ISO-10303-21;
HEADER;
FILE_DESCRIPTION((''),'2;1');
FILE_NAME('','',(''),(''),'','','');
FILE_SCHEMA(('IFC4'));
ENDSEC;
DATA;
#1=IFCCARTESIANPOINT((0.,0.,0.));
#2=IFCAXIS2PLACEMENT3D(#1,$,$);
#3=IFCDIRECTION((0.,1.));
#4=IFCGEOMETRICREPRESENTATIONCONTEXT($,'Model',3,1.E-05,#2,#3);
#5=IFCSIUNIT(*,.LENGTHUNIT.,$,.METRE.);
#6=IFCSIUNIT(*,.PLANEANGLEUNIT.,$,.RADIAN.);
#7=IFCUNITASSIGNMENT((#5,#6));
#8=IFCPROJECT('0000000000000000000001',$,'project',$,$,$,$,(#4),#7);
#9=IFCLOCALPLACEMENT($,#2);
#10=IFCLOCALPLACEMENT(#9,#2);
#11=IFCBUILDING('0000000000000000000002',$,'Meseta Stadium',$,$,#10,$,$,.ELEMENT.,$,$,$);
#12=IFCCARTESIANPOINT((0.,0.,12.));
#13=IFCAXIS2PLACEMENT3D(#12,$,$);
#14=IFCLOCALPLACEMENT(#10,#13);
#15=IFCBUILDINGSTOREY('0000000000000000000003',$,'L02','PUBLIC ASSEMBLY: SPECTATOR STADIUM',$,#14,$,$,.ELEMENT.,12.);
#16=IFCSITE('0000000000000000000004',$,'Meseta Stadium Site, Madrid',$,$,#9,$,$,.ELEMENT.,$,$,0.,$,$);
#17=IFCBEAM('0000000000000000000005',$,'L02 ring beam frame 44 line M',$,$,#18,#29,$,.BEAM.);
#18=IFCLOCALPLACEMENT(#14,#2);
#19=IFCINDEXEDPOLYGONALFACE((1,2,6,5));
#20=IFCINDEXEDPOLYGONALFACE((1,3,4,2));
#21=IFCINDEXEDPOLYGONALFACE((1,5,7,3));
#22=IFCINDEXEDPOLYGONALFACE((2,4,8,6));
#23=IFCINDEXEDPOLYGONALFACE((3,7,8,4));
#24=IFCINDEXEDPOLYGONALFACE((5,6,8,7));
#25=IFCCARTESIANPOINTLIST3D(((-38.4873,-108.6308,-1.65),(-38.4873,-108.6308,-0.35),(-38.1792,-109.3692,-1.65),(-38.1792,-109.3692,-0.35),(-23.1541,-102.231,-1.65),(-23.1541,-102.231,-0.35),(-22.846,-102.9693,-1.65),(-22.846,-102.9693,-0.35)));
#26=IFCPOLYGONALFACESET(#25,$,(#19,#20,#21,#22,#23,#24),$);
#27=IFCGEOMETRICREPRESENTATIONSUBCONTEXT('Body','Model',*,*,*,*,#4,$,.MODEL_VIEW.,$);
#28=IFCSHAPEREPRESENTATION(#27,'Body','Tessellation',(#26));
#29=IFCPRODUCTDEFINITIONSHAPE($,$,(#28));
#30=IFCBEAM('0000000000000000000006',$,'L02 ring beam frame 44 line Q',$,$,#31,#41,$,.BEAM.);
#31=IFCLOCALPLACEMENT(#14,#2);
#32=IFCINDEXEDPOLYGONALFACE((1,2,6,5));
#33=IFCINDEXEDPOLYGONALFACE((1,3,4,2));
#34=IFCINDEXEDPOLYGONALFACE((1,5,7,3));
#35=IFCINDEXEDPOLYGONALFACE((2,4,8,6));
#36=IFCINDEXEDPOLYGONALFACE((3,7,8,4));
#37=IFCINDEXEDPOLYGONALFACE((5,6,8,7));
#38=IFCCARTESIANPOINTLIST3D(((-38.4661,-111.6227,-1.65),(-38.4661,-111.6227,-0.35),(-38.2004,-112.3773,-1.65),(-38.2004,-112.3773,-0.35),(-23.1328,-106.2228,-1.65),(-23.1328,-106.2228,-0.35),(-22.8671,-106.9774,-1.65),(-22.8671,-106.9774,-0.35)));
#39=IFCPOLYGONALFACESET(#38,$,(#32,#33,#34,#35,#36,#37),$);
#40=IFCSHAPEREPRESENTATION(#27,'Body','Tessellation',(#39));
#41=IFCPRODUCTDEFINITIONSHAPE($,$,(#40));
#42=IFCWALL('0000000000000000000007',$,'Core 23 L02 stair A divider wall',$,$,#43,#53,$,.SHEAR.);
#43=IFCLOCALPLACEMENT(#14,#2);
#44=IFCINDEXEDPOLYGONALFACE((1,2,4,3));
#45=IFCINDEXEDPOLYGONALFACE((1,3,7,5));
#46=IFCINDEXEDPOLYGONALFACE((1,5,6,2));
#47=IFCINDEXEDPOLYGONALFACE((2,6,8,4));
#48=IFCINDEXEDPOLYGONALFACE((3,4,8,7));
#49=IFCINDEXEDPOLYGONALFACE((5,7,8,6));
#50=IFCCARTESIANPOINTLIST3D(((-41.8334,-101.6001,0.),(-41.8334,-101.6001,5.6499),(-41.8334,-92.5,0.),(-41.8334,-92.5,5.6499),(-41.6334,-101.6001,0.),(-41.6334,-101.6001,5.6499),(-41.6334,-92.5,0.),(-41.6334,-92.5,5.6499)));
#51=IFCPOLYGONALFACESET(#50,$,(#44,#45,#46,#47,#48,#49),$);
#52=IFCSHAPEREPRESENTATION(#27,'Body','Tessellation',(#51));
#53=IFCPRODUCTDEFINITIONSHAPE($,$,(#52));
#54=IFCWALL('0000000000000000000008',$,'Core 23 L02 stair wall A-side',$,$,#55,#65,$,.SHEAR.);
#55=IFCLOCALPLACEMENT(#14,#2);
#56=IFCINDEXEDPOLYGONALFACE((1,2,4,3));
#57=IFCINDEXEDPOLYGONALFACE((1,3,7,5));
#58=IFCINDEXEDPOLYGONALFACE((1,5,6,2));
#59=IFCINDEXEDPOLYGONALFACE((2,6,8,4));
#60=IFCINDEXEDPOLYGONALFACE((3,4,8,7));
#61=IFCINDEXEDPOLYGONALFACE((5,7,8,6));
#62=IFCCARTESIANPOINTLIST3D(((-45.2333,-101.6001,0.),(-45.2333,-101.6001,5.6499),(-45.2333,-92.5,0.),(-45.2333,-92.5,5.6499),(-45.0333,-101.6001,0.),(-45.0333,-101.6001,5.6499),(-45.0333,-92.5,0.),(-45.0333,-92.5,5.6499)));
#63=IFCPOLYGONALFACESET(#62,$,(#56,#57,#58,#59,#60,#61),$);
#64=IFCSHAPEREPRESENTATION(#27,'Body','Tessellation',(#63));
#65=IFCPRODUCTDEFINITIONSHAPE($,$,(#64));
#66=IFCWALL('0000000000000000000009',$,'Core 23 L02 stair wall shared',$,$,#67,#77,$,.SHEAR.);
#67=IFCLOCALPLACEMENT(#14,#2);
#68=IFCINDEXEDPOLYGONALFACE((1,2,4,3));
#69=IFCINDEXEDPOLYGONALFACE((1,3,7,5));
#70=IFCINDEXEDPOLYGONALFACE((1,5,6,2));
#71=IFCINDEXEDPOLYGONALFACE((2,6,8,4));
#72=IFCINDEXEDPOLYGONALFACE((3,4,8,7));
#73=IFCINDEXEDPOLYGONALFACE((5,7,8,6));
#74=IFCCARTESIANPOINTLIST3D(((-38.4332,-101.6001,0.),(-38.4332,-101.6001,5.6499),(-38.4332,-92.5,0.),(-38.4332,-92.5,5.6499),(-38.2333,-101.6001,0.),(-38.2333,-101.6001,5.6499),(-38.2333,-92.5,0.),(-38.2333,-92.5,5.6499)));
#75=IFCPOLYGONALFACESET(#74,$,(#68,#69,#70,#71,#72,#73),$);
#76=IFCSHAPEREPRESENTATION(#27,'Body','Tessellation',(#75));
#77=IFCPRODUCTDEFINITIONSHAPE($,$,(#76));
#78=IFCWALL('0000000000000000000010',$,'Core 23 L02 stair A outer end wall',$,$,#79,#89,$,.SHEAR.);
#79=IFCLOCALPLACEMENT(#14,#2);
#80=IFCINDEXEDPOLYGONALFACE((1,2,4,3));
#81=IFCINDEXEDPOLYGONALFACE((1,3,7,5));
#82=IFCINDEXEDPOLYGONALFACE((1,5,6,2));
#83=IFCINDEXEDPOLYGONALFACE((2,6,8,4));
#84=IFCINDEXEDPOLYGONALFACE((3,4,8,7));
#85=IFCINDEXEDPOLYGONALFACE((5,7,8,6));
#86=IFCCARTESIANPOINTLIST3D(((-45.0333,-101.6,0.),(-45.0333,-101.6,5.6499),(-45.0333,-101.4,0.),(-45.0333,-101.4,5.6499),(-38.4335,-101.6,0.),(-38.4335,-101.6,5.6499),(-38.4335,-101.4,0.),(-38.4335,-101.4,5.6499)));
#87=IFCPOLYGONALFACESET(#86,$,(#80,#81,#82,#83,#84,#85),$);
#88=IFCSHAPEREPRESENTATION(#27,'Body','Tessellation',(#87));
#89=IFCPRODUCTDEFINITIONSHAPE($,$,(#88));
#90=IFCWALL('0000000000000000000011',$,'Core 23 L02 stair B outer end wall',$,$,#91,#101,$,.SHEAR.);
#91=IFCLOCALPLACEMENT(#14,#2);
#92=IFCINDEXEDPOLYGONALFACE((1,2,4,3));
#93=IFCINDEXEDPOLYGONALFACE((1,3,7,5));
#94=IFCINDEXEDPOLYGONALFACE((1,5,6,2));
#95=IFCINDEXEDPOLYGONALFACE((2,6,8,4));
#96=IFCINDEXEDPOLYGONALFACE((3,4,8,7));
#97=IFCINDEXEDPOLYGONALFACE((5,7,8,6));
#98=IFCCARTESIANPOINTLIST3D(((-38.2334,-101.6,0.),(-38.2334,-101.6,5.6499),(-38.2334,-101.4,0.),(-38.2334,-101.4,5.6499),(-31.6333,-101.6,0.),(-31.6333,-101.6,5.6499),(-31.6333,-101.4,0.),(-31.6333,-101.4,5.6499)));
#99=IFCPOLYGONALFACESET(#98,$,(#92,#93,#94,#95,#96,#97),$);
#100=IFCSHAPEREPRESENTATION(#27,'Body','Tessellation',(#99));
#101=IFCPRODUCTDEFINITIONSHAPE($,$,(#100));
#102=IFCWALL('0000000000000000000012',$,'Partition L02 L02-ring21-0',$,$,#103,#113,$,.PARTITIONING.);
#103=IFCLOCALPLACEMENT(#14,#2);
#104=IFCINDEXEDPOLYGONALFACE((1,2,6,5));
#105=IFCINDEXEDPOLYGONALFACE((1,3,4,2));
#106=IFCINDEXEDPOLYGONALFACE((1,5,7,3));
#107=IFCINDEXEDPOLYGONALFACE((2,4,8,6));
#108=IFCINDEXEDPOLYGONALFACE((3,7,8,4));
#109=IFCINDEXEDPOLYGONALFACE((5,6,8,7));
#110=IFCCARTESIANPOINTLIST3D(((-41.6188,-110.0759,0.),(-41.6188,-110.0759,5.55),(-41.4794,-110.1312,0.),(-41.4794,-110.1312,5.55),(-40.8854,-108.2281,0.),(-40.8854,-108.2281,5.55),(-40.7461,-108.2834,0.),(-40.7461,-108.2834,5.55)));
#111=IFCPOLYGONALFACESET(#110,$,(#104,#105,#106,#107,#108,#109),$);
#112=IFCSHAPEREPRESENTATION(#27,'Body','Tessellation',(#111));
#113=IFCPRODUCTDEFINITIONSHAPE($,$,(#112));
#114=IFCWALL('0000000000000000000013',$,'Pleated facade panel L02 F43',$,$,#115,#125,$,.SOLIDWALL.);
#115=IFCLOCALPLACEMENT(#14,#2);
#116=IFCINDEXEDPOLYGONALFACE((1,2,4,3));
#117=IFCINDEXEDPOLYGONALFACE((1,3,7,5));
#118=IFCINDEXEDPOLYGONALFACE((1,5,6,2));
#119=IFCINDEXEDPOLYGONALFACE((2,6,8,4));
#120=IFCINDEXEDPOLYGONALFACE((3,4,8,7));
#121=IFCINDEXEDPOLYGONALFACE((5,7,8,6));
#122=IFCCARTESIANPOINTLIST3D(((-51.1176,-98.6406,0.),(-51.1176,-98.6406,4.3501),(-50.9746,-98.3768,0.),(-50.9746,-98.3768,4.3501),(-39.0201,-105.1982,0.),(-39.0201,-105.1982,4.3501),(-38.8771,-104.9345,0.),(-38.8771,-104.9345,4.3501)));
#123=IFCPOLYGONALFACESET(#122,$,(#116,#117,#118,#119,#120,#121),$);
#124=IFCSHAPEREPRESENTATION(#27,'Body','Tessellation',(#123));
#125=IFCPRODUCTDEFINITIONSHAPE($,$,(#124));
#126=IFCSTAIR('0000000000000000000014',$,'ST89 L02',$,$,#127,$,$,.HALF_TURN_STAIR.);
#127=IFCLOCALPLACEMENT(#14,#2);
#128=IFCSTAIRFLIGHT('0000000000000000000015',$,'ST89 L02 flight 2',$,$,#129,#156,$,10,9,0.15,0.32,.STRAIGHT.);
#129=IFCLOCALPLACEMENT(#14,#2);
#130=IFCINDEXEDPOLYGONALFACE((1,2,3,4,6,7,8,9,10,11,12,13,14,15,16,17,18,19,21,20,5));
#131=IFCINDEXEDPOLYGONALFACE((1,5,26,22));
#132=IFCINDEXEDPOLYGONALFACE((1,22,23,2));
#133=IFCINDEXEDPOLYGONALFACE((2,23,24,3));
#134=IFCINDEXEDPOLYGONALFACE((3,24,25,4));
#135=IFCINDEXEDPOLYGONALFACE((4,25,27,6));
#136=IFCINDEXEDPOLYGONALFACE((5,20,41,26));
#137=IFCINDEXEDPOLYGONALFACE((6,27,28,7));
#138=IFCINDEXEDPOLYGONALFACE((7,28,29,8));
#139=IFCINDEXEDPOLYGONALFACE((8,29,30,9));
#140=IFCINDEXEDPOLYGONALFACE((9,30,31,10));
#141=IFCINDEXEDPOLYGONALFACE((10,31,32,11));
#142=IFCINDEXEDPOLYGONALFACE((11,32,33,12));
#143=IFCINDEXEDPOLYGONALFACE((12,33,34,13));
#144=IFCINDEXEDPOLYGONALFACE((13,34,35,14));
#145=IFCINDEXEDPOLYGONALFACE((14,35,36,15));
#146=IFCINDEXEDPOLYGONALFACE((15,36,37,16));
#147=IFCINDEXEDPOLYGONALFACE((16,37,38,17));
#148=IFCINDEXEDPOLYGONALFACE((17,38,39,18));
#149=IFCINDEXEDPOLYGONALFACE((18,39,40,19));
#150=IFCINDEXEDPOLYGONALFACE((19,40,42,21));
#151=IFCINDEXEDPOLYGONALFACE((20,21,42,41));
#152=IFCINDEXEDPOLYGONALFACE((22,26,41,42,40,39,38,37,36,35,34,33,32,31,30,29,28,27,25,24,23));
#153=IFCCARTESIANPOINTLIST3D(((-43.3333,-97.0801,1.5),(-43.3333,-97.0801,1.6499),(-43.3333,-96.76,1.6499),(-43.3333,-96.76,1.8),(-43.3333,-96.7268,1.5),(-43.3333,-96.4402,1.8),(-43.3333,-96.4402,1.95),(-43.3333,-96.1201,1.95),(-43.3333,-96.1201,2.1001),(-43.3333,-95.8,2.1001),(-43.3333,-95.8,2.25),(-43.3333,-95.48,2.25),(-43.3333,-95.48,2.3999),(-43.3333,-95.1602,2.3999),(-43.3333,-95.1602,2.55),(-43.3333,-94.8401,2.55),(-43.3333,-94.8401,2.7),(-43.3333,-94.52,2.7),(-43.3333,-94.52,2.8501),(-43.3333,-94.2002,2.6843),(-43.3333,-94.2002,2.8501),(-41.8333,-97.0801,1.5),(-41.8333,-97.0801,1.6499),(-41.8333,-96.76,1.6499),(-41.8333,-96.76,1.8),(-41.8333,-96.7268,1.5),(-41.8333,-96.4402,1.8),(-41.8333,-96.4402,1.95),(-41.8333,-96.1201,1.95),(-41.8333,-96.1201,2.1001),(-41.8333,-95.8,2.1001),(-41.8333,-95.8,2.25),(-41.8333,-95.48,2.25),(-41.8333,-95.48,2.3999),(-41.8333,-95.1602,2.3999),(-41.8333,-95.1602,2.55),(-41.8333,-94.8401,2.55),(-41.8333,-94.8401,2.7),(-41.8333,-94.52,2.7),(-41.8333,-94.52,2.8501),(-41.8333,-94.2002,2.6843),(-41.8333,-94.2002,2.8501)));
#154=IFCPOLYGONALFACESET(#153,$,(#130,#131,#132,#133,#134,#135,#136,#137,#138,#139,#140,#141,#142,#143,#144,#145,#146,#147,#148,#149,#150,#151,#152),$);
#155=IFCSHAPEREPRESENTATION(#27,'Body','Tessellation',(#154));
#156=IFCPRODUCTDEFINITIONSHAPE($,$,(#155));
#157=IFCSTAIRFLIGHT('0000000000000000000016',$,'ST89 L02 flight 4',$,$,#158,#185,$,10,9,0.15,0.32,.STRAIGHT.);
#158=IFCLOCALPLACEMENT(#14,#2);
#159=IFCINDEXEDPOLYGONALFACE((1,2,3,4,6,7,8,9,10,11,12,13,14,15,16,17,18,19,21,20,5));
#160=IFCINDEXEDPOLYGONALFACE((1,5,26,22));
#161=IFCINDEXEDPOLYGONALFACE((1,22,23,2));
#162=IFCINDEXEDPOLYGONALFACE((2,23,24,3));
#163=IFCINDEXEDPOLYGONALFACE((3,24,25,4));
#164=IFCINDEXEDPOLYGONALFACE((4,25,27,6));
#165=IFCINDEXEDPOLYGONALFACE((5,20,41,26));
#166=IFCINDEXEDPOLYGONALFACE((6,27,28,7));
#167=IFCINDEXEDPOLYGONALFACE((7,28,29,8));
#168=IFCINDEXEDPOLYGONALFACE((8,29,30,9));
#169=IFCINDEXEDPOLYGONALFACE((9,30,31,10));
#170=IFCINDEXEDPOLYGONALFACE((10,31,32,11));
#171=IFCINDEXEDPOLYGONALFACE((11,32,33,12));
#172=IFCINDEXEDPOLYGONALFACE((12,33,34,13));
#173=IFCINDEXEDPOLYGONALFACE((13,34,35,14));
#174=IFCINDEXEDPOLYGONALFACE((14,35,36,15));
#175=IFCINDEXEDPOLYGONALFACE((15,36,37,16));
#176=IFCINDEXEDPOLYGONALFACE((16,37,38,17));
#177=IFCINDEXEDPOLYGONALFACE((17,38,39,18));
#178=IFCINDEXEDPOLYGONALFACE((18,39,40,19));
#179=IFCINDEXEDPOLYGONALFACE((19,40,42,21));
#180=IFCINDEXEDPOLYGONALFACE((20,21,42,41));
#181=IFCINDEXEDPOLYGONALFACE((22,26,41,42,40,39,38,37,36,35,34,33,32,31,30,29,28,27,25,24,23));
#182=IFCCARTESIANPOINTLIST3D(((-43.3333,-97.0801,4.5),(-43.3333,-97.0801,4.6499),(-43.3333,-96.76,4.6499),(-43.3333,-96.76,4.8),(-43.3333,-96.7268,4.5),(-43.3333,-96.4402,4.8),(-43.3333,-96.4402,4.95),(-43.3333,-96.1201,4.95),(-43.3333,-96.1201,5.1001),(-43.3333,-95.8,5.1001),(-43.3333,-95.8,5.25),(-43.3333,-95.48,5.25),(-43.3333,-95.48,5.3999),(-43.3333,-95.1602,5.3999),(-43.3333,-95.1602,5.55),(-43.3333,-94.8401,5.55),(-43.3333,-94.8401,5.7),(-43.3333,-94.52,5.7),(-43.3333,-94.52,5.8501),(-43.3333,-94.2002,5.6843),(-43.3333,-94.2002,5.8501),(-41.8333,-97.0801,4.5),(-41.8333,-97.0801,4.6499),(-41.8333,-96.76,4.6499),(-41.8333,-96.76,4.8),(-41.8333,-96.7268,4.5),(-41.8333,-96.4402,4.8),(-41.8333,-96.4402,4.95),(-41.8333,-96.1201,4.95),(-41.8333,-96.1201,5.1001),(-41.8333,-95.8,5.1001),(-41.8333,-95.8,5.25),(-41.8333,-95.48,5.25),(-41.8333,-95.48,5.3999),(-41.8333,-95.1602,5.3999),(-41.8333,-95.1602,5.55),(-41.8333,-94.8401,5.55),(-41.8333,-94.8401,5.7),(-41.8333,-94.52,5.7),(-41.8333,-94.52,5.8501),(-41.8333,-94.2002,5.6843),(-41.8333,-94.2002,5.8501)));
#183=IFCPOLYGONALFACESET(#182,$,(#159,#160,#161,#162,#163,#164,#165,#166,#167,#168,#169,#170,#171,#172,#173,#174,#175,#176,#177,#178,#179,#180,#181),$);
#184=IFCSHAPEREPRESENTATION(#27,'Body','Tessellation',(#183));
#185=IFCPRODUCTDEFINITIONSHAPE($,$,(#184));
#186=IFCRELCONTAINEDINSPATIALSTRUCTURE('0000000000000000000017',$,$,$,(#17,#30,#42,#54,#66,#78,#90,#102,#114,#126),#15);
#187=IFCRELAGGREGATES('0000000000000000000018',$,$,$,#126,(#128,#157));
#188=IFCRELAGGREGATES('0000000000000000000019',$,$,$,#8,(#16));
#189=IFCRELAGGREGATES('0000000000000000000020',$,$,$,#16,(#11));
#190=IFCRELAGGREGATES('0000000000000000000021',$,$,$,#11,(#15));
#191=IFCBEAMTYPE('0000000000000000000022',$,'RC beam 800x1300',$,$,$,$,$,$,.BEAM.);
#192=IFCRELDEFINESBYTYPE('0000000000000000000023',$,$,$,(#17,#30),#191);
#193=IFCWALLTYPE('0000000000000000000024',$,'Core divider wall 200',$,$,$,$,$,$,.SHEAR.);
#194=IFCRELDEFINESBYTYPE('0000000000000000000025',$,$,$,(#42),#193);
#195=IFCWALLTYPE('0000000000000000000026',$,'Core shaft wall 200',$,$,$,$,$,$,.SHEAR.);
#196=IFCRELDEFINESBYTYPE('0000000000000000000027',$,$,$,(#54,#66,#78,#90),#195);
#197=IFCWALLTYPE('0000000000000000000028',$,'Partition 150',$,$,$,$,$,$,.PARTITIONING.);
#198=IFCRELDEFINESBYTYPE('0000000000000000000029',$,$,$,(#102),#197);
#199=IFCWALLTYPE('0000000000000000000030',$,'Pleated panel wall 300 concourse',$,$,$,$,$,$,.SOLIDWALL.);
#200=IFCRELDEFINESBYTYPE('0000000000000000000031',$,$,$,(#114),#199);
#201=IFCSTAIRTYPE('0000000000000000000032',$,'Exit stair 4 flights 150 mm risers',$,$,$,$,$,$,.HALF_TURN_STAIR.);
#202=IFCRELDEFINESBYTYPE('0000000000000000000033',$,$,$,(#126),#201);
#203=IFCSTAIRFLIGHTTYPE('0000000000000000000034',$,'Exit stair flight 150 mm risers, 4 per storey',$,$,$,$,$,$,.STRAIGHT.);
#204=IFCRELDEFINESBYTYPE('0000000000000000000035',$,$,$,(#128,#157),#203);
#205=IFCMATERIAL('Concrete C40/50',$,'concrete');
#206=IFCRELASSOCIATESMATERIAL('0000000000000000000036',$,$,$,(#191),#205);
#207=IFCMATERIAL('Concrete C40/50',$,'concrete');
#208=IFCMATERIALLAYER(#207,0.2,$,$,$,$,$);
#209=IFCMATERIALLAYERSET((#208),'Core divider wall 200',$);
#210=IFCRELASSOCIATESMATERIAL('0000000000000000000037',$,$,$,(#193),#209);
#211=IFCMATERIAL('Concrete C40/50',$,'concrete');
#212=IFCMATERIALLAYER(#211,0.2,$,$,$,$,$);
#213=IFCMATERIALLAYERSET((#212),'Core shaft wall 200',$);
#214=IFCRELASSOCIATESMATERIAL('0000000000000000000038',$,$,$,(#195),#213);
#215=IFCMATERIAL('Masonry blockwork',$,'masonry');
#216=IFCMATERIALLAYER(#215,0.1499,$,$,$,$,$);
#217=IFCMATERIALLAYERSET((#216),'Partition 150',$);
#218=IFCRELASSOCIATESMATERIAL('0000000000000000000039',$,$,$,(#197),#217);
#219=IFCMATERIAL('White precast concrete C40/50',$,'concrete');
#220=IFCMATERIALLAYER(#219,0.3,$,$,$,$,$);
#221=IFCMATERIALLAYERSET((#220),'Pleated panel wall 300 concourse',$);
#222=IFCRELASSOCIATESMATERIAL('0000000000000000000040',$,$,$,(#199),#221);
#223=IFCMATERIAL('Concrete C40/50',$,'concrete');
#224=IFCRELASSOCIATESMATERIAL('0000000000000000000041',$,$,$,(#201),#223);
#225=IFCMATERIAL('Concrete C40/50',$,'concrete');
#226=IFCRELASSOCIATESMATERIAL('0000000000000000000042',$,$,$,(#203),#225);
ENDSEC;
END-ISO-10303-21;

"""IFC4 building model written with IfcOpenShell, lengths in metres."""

from ifc_helpers import new_model, si_unit, direction, frame, frame_2d, origin, origin_2d, place, context, subcontext, project, spatial, polyline, rectangle, outline, extrude, material, layer, layer_set, material_profile, profile_set, type_object, element, aggregate, save


model = new_model("IFC4")

# Units and contexts
model_context = context("Model", 3, precision=1e-05, world=origin(), true_north=direction((0.0, 1.0)))
body_context = subcontext(model_context, "Body", "Model", "MODEL_VIEW")
ifc_project = project(units=[si_unit("LENGTHUNIT", "METRE"), si_unit("PLANEANGLEUNIT", "RADIAN")], contexts=[model_context])

# Site, building, storey
site_placement = place(None, origin())
site = spatial("IfcSite", under=ifc_project, at=site_placement, Name="Meseta Stadium Site, Madrid", CompositionType="ELEMENT", RefElevation=0.0)
building_placement = place(site_placement, origin())
building = spatial("IfcBuilding", under=site, at=building_placement, Name="Meseta Stadium", CompositionType="ELEMENT")
storey_placement = place(building_placement, frame((0.0, 0.0, 12.0)))
storey = spatial("IfcBuildingStorey", under=building, at=storey_placement, Name="L02", Description="PUBLIC ASSEMBLY: SPECTATOR STADIUM", CompositionType="ELEMENT", Elevation=12.0)

# Beams
ifc_material_1 = material(Name="Concrete C40/50", Category="concrete")
ifc_material_profile_1 = material_profile(ifc_material_1, rectangle(XDim=0.8, YDim=1.3, at=origin_2d()), Name="RC 800x1300")
ifc_profile_set_1 = profile_set([ifc_material_profile_1], Name="Concrete C40/50")
beam_type_1 = type_object("IfcBeamType", Name="RC beam 800x1300", PredefinedType="BEAM", material=ifc_profile_set_1)
beam_1_placement = place(storey_placement, frame((-38.3333, -109.0, -1.0), z_axis=(0.922841, 0.385182, 0.0), x_axis=(-0.385182, 0.922841, 0.0)))
element("IfcBeam", 1, at=beam_1_placement, inside=storey, type_object=beam_type_1, Name="L02 ring beam frame 44 line M", PredefinedType="BEAM", context=body_context, shape_type="SweptSolid", body=[
    extrude(rectangle(XDim=0.8, YDim=1.3, at=origin_2d()), origin(), (0.0, 0.0, 1.0), 16.6152),
])
beam_2_placement = place(storey_placement, frame((-38.3333, -112.0, -1.0), z_axis=(0.943219, 0.332173, 0.0), x_axis=(-0.332173, 0.943219, 0.0)))
element("IfcBeam", 2, at=beam_2_placement, inside=storey, type_object=beam_type_1, Name="L02 ring beam frame 44 line Q", PredefinedType="BEAM", context=body_context, shape_type="SweptSolid", body=[
    extrude(rectangle(XDim=0.8, YDim=1.3, at=origin_2d()), origin(), (0.0, 0.0, 1.0), 16.2563),
])

# Walls
ifc_material_2 = material(Name="Concrete C40/50", Category="concrete")
ifc_layer_1 = layer(ifc_material_2, 0.2)
ifc_layer_set_1 = layer_set([ifc_layer_1], Name="Core divider wall 200")
wall_type_1 = type_object("IfcWallType", Name="Core divider wall 200", PredefinedType="SHEAR", material=ifc_layer_set_1)
wall_1_placement = place(storey_placement, frame((-41.7334, -101.6001, 0.0), z_axis=(0.0, 0.0, 1.0), x_axis=(0.0, 1.0, 0.0)))
element("IfcWall", 3, at=wall_1_placement, inside=storey, type_object=wall_type_1, Name="Core 23 L02 stair A divider wall", PredefinedType="SHEAR", context=body_context, shape_type="SweptSolid", body=[
    extrude(rectangle(XDim=9.1001, YDim=0.2, at=frame_2d((4.55, 0.0))), origin(), (0.0, 0.0, 1.0), 5.6499),
])
ifc_material_3 = material(Name="Concrete C40/50", Category="concrete")
ifc_layer_2 = layer(ifc_material_3, 0.2)
ifc_layer_set_2 = layer_set([ifc_layer_2], Name="Core shaft wall 200")
wall_type_2 = type_object("IfcWallType", Name="Core shaft wall 200", PredefinedType="SHEAR", material=ifc_layer_set_2)
for number, where, z_axis, x_axis, name in (
    (4, (-45.1333, -101.6001, 0.0), (0.0, 0.0, 1.0), (0.0, 1.0, 0.0), "Core 23 L02 stair wall A-side"),
    (5, (-38.3333, -101.6001, 0.0), (0.0, 0.0, 1.0), (0.0, 1.0, 0.0), "Core 23 L02 stair wall shared"),
):
    element("IfcWall", number, at=place(storey_placement, frame(where, z_axis=z_axis, x_axis=x_axis)), inside=storey, type_object=wall_type_2, Name=name, PredefinedType="SHEAR", context=body_context, shape_type="SweptSolid", body=[
        extrude(rectangle(XDim=9.1001, YDim=0.2, at=frame_2d((4.55, 0.0))), origin(), (0.0, 0.0, 1.0), 5.6499),
    ])
wall_2_placement = place(storey_placement, frame((-45.0332, -101.5, 0.0), z_axis=(0.0, 0.0, 1.0), x_axis=(1.0, 0.0, 0.0)))
element("IfcWall", 6, at=wall_2_placement, inside=storey, type_object=wall_type_2, Name="Core 23 L02 stair A outer end wall", PredefinedType="SHEAR", context=body_context, shape_type="SweptSolid", body=[
    extrude(rectangle(XDim=6.5999, YDim=0.2, at=frame_2d((3.2998, 0.0))), origin(), (0.0, 0.0, 1.0), 5.6499),
])
wall_3_placement = place(storey_placement, frame((-38.2334, -101.5, 0.0), z_axis=(0.0, 0.0, 1.0), x_axis=(1.0, 0.0, 0.0)))
element("IfcWall", 7, at=wall_3_placement, inside=storey, type_object=wall_type_2, Name="Core 23 L02 stair B outer end wall", PredefinedType="SHEAR", context=body_context, shape_type="SweptSolid", body=[
    extrude(rectangle(XDim=6.6001, YDim=0.2, at=frame_2d((3.3, 0.0))), origin(), (0.0, 0.0, 1.0), 5.6499),
])
ifc_material_4 = material(Name="Masonry blockwork", Category="masonry")
ifc_layer_3 = layer(ifc_material_4, 0.1499)
ifc_layer_set_3 = layer_set([ifc_layer_3], Name="Partition 150")
wall_type_3 = type_object("IfcWallType", Name="Partition 150", PredefinedType="PARTITIONING", material=ifc_layer_set_3)
wall_4_placement = place(storey_placement, frame((-40.8157, -108.2556, 0.0), z_axis=(0.0, 0.0, 1.0), x_axis=(-0.368891, -0.929473, 0.0)))
element("IfcWall", 8, at=wall_4_placement, inside=storey, type_object=wall_type_3, Name="Partition L02 L02-ring21-0", PredefinedType="PARTITIONING", context=body_context, shape_type="SweptSolid", body=[
    extrude(rectangle(XDim=1.988, YDim=0.1499, at=frame_2d((0.9941, 0.0))), origin(), (0.0, 0.0, 1.0), 5.55),
])
ifc_material_5 = material(Name="White precast concrete C40/50", Category="concrete")
ifc_layer_4 = layer(ifc_material_5, 0.3)
ifc_layer_set_4 = layer_set([ifc_layer_4], Name="Pleated panel wall 300 concourse")
wall_type_4 = type_object("IfcWallType", Name="Pleated panel wall 300 concourse", PredefinedType="SOLIDWALL", material=ifc_layer_set_4)
wall_5_placement = place(storey_placement, frame((-38.9485, -105.0664, 0.0), z_axis=(0.0, 0.0, 1.0), x_axis=(-0.879144, 0.476556, 0.0)))
element("IfcWall", 9, at=wall_5_placement, inside=storey, type_object=wall_type_4, Name="Pleated facade panel L02 F43", PredefinedType="SOLIDWALL", context=body_context, shape_type="SweptSolid", body=[
    extrude(rectangle(XDim=13.7605, YDim=0.3, at=frame_2d((6.8804, 0.0))), origin(), (0.0, 0.0, 1.0), 4.3501),
])

# Stair, stair flights
ifc_material_6 = material(Name="Concrete C40/50", Category="concrete")
stair_type = type_object("IfcStairType", Name="Exit stair 4 flights 150 mm risers", PredefinedType="HALF_TURN_STAIR", material=ifc_material_6)
stair_1_placement = place(storey_placement, origin())
stair_1 = element("IfcStair", 10, at=stair_1_placement, inside=storey, type_object=stair_type, Name="ST89 L02", PredefinedType="HALF_TURN_STAIR")
ifc_material_7 = material(Name="Concrete C40/50", Category="concrete")
stair_flight_type = type_object("IfcStairFlightType", Name="Exit stair flight 150 mm risers, 4 per storey", PredefinedType="STRAIGHT", material=ifc_material_7)
stair_flight_1_placement = place(storey_placement, frame((-42.5833, -97.0801, 1.5), z_axis=(0.0, 0.0, 1.0), x_axis=(0.0, 1.0, 0.0)))
stair_flight_1 = element("IfcStairFlight", 11, at=stair_flight_1_placement, type_object=stair_flight_type, Name="ST89 L02 flight 2", NumberOfRisers=10, NumberOfTreads=9, PredefinedType="STRAIGHT", RiserHeight=0.15, TreadLength=0.32, context=body_context, shape_type="SweptSolid", body=[
    extrude(outline(polyline([(0.0, 0.0), (0.0, 0.1499), (0.3201, 0.1499), (0.3201, 0.3), (0.6399, 0.3), (0.6399, 0.45), (0.96, 0.45), (0.96, 0.6001), (1.28, 0.6001), (1.28, 0.75), (1.6001, 0.75), (1.6001, 0.8999), (1.9199, 0.8999), (1.9199, 1.05), (2.24, 1.05), (2.24, 1.2), (2.5601, 1.2), (2.5601, 1.3501), (2.8799, 1.3501), (2.8799, 1.1843), (0.3533, 0.0), (0.0, 0.0)])), frame((0.0, 0.75, 0.0), z_axis=(0.0, -1.0, 0.0), x_axis=(1.0, 0.0, 0.0)), (0.0, 0.0, 1.0), 1.5),
])
stair_flight_2_placement = place(storey_placement, frame((-42.5833, -97.0801, 4.5), z_axis=(0.0, 0.0, 1.0), x_axis=(0.0, 1.0, 0.0)))
stair_flight_2 = element("IfcStairFlight", 12, at=stair_flight_2_placement, type_object=stair_flight_type, Name="ST89 L02 flight 4", NumberOfRisers=10, NumberOfTreads=9, PredefinedType="STRAIGHT", RiserHeight=0.15, TreadLength=0.32, context=body_context, shape_type="SweptSolid", body=[
    extrude(outline(polyline([(0.0, 0.0), (0.0, 0.1499), (0.3201, 0.1499), (0.3201, 0.3), (0.6399, 0.3), (0.6399, 0.45), (0.96, 0.45), (0.96, 0.6001), (1.28, 0.6001), (1.28, 0.75), (1.6001, 0.75), (1.6001, 0.8999), (1.9199, 0.8999), (1.9199, 1.05), (2.24, 1.05), (2.24, 1.2), (2.5601, 1.2), (2.5601, 1.3501), (2.8799, 1.3501), (2.8799, 1.1843), (0.3533, 0.0), (0.0, 0.0)])), frame((0.0, 0.75, 0.0), z_axis=(0.0, -1.0, 0.0), x_axis=(1.0, 0.0, 0.0)), (0.0, 0.0, 1.0), 1.5),
])
aggregate(stair_1, [stair_flight_1, stair_flight_2])

save(model, "model.ifc")
